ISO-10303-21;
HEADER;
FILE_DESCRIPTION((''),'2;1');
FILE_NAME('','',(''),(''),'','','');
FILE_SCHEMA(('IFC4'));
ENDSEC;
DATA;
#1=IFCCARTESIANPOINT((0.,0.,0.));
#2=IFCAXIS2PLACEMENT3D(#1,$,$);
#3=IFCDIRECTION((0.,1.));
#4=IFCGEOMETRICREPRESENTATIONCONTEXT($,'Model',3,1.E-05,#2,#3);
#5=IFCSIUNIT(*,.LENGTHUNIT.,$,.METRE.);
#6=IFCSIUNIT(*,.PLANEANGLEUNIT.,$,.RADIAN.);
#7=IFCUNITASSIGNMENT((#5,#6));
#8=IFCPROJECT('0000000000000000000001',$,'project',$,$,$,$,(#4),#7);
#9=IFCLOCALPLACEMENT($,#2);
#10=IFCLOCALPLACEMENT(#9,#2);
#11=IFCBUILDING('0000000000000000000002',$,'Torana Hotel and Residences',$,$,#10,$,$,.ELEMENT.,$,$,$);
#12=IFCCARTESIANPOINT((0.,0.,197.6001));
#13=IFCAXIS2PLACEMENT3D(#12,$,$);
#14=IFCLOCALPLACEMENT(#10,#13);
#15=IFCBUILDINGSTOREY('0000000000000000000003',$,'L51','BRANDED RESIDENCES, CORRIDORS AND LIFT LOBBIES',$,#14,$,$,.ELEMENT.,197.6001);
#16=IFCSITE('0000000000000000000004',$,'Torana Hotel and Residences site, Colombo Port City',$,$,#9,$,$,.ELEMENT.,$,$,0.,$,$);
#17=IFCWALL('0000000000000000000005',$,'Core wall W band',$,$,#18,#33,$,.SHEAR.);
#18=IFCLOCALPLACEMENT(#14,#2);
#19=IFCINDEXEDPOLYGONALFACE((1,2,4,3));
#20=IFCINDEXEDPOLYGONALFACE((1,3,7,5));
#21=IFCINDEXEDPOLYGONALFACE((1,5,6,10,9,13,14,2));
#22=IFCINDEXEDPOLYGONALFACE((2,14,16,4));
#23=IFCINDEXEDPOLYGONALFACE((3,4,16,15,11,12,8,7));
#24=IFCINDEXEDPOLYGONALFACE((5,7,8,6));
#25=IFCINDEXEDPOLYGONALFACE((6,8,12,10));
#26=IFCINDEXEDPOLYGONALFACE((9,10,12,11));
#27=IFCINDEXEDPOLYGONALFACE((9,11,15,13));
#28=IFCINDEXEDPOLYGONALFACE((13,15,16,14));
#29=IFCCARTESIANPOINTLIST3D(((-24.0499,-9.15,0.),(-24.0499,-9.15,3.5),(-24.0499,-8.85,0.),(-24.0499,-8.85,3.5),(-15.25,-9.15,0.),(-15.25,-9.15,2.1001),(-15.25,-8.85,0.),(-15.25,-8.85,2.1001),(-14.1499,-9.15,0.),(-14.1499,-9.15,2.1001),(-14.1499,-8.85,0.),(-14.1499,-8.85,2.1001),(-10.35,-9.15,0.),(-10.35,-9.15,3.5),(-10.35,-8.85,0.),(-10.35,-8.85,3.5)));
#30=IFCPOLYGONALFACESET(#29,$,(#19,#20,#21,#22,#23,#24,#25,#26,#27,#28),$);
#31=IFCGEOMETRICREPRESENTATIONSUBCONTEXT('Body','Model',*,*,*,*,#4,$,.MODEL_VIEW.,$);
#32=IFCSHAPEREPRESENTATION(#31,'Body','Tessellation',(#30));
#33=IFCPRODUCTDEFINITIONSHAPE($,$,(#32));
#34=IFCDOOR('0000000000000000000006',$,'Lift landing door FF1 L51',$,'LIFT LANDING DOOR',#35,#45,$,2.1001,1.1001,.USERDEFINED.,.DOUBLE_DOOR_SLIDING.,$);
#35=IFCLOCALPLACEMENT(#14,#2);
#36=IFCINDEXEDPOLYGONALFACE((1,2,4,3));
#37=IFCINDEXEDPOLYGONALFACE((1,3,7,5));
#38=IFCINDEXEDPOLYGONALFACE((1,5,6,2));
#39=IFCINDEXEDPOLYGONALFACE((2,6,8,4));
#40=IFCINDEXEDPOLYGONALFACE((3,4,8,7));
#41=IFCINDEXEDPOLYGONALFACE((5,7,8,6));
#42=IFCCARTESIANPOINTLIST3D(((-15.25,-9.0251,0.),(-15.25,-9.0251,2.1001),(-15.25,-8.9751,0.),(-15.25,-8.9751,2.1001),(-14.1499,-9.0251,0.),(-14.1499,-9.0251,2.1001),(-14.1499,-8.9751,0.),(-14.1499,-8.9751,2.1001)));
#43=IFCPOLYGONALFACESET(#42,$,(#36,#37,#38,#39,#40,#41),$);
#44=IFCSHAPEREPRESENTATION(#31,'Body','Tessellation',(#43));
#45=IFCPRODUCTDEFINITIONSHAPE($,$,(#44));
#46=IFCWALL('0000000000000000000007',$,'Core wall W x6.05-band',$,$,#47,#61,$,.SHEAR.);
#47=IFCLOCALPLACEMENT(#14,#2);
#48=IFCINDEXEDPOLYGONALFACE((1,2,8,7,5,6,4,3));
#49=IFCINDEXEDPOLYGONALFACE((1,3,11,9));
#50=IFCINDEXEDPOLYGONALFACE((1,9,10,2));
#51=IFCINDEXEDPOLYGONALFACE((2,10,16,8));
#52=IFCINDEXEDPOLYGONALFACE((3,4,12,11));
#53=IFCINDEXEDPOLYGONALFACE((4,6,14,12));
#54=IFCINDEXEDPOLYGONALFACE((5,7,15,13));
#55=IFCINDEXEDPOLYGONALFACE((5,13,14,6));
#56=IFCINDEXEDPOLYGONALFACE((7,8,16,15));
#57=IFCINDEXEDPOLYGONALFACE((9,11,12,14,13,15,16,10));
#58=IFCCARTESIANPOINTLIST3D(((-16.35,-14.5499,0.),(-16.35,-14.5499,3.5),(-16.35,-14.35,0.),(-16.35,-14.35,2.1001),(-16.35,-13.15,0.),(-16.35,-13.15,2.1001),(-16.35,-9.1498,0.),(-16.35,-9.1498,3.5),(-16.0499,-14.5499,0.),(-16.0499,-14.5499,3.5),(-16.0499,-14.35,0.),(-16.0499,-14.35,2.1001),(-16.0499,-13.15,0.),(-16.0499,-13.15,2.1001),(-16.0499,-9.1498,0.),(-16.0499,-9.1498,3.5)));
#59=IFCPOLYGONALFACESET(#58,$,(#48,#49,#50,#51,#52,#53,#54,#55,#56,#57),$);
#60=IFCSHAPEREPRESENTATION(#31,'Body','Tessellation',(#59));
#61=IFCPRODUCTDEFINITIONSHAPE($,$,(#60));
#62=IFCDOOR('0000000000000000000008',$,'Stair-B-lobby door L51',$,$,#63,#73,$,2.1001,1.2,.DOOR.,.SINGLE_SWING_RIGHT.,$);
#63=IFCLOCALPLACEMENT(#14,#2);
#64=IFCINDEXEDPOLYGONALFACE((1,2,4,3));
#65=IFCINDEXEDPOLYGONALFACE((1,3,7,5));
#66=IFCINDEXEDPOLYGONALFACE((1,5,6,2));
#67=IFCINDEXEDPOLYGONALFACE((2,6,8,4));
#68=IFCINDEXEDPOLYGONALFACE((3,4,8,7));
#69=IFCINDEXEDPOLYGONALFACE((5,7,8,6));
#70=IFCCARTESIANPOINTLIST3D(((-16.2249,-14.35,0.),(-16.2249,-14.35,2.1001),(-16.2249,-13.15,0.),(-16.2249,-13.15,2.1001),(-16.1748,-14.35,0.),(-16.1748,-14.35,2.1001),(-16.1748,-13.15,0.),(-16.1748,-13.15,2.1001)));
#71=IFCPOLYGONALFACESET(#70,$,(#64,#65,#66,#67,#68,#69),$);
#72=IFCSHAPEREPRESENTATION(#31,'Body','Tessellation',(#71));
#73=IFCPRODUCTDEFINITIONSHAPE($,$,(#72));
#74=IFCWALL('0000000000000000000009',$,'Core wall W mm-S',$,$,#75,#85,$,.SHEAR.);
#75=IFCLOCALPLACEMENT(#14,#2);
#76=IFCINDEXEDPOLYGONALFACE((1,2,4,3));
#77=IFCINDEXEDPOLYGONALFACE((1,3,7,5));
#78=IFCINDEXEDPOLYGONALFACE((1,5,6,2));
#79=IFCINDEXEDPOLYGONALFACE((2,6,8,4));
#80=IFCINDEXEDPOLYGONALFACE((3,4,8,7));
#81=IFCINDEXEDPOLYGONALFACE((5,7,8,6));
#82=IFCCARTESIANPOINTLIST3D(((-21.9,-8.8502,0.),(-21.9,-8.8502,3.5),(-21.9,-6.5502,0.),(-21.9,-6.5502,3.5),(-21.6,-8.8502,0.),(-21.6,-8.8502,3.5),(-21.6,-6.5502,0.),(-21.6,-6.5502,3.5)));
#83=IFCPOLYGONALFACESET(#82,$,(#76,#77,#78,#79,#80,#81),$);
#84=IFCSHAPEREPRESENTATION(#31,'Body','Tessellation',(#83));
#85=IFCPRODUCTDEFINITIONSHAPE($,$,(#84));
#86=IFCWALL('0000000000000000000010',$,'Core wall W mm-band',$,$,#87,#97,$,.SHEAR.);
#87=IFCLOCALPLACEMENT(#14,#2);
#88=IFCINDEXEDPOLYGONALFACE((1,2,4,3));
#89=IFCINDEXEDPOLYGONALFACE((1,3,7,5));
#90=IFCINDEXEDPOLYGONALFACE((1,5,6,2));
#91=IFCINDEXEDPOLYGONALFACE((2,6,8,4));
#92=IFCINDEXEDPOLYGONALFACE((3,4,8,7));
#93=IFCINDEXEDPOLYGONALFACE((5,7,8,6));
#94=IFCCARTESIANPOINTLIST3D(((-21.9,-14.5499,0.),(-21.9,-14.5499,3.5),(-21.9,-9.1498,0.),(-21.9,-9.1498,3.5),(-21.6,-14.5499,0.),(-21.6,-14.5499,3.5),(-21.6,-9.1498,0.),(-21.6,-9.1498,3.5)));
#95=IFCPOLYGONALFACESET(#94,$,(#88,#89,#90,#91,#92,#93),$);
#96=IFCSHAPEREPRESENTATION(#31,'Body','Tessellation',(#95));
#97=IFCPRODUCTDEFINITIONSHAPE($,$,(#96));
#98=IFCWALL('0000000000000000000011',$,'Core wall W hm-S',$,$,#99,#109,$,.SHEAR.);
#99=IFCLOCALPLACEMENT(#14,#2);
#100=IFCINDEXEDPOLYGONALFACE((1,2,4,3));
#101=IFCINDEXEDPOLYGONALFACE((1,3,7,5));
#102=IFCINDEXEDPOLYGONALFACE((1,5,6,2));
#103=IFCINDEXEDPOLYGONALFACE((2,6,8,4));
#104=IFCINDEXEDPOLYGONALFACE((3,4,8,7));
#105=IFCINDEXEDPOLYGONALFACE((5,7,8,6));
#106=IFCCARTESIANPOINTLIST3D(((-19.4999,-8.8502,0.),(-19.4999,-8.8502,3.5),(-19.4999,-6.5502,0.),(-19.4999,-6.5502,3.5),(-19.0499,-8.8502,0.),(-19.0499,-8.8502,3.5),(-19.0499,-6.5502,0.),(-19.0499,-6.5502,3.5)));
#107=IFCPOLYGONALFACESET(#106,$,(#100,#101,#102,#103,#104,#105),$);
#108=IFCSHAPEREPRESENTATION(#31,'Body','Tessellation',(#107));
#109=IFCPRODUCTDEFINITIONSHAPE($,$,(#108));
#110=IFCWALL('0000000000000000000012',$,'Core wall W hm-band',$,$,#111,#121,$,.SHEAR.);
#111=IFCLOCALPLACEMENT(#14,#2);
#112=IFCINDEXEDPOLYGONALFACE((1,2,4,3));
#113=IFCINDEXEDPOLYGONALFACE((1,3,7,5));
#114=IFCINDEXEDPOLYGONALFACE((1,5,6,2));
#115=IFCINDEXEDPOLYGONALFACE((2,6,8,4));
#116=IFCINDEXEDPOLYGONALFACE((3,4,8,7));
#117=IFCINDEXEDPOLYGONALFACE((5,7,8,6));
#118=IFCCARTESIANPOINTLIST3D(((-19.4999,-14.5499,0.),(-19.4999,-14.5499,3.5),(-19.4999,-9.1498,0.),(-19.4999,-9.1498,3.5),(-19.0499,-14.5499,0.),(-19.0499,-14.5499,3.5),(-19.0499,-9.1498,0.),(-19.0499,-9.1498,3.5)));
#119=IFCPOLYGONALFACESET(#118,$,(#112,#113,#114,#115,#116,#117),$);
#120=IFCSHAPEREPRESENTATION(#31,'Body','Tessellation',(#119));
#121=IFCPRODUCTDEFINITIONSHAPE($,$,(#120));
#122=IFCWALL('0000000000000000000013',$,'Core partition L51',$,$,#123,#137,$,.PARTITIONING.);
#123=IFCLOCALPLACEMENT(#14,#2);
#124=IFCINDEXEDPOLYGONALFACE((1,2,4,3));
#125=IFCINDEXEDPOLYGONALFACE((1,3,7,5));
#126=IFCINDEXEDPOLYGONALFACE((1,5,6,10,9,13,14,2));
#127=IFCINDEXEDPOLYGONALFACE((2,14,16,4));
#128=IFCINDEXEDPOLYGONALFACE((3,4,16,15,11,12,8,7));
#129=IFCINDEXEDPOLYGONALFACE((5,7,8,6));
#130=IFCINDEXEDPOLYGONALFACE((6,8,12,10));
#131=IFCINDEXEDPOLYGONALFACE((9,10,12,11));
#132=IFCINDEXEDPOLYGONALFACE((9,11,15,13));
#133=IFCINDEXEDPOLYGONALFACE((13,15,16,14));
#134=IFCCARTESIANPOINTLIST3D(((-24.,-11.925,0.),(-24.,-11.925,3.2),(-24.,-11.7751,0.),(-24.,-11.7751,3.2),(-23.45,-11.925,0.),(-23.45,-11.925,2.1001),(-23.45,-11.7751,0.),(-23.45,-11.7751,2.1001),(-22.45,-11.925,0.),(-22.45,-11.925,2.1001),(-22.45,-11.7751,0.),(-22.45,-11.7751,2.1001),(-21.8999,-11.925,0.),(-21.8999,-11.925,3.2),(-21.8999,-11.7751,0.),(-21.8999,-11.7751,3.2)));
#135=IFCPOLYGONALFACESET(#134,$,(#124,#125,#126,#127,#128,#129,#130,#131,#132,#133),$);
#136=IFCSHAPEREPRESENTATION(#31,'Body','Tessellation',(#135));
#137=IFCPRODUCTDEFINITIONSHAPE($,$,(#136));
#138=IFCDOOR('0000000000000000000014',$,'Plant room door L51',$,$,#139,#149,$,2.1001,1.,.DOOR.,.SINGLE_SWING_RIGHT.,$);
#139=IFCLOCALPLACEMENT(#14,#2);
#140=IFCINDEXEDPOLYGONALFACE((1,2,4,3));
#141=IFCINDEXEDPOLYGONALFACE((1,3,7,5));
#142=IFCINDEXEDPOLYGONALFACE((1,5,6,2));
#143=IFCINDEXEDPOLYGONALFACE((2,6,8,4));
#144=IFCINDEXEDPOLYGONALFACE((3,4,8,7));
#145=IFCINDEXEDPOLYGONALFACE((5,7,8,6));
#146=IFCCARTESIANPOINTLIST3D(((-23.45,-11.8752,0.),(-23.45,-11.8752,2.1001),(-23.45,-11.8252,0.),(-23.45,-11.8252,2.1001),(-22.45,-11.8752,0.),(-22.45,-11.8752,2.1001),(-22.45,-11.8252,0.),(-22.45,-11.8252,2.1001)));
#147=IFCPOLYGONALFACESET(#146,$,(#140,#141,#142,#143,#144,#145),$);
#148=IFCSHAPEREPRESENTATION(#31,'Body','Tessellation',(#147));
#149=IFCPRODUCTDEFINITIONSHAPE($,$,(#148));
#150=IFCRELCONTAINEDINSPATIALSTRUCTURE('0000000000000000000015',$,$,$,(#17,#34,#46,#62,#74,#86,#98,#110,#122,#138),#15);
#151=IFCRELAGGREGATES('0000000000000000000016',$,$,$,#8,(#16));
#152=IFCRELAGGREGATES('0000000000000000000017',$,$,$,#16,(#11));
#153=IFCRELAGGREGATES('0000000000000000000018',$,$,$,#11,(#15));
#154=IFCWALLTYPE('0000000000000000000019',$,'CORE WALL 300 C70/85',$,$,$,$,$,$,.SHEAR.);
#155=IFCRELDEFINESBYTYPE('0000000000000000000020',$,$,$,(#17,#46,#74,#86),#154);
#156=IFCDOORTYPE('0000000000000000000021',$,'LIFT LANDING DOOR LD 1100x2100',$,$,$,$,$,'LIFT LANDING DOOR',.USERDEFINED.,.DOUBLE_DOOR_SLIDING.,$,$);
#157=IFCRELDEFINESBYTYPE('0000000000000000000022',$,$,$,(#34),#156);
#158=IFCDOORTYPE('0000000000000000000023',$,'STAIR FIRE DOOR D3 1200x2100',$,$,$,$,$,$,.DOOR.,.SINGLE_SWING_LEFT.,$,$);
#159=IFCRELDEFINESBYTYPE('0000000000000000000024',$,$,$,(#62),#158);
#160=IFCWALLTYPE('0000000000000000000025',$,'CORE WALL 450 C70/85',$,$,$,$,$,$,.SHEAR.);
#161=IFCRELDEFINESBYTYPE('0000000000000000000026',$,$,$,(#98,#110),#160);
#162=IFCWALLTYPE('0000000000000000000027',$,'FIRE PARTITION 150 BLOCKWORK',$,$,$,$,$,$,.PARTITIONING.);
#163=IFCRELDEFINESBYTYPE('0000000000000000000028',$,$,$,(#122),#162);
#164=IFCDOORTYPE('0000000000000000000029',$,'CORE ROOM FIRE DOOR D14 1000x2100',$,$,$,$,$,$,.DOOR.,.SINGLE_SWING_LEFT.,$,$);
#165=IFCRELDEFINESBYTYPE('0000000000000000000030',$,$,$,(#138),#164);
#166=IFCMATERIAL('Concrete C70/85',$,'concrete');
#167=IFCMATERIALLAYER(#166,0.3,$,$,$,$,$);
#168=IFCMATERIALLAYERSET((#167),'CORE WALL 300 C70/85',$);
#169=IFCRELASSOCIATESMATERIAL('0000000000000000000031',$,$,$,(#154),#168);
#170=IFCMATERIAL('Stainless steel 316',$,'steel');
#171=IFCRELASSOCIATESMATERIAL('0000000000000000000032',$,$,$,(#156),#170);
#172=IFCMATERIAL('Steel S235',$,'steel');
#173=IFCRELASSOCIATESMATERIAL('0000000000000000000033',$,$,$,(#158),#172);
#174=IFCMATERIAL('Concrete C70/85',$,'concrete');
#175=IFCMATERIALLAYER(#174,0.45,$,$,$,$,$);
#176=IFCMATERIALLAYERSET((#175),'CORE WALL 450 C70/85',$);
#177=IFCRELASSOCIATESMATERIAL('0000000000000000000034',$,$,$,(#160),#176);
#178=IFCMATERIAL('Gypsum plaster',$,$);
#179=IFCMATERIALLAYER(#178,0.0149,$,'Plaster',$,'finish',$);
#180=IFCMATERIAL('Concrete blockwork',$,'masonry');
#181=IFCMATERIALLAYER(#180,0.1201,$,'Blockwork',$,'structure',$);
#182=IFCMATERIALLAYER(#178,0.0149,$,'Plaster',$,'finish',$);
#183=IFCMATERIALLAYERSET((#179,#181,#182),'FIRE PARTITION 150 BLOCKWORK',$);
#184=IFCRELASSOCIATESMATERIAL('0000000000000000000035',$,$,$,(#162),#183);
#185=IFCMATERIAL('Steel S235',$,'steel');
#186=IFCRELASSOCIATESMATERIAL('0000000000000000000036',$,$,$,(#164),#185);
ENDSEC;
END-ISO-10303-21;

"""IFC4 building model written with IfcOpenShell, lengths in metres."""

from ifc_helpers import new_model, si_unit, direction, frame, frame_2d, origin, place, context, subcontext, project, spatial, rectangle, extrude, material, layer, layer_set, type_object, element, fill, save


model = new_model("IFC4")

# Units and contexts
model_context = context("Model", 3, precision=1e-05, world=origin(), true_north=direction((0.0, 1.0)))
body_context = subcontext(model_context, "Body", "Model", "MODEL_VIEW")
ifc_project = project(units=[si_unit("LENGTHUNIT", "METRE"), si_unit("PLANEANGLEUNIT", "RADIAN")], contexts=[model_context])

# Site, building, storey
site_placement = place(None, origin())
site = spatial("IfcSite", under=ifc_project, at=site_placement, Name="Torana Hotel and Residences site, Colombo Port City", CompositionType="ELEMENT", RefElevation=0.0)
building_placement = place(site_placement, origin())
building = spatial("IfcBuilding", under=site, at=building_placement, Name="Torana Hotel and Residences", CompositionType="ELEMENT")
storey_placement = place(building_placement, frame((0.0, 0.0, 197.6001)))
storey = spatial("IfcBuildingStorey", under=building, at=storey_placement, Name="L51", Description="BRANDED RESIDENCES, CORRIDORS AND LIFT LOBBIES", CompositionType="ELEMENT", Elevation=197.6001)

# Walls, openings, doors
ifc_material_1 = material(Name="Concrete C70/85", Category="concrete")
ifc_layer_1 = layer(ifc_material_1, 0.3)
ifc_layer_set_1 = layer_set([ifc_layer_1], Name="CORE WALL 300 C70/85")
wall_type_1 = type_object("IfcWallType", Name="CORE WALL 300 C70/85", PredefinedType="SHEAR", material=ifc_layer_set_1)
wall_1_placement = place(storey_placement, frame((-24.05, -9.0, 0.0), z_axis=(0.0, 0.0, 1.0), x_axis=(1.0, 0.0, 0.0)))
wall_1 = element("IfcWall", 1, at=wall_1_placement, inside=storey, type_object=wall_type_1, Name="Core wall W band", PredefinedType="SHEAR", context=body_context, shape_type="SweptSolid", body=[
    extrude(rectangle(XDim=13.7, YDim=0.3, at=frame_2d((6.8501, 0.0))), origin(), (0.0, 0.0, 1.0), 3.5),
])
opening_1_placement = place(wall_1_placement, frame((8.8, 0.0, 0.0)))
opening_1 = element("IfcOpeningElement", 2, at=opening_1_placement, cuts=wall_1, PredefinedType="OPENING", context=body_context, shape_type="SweptSolid", body=[
    extrude(rectangle(XDim=1.1001, YDim=2.1001, at=frame_2d((0.55, 1.05))), frame((0.0, 0.1599, 0.0), z_axis=(0.0, -1.0, 0.0), x_axis=(1.0, 0.0, 0.0)), (0.0, 0.0, 1.0), 0.3201),
])
ifc_material_2 = material(Name="Stainless steel 316", Category="steel")
door_type_1 = type_object("IfcDoorType", Name="LIFT LANDING DOOR LD 1100x2100", ElementType="LIFT LANDING DOOR", OperationType="DOUBLE_DOOR_SLIDING", PredefinedType="USERDEFINED", material=ifc_material_2)
door_1_placement = place(opening_1_placement, origin())
door_1 = element("IfcDoor", 3, at=door_1_placement, inside=storey, type_object=door_type_1, Name="Lift landing door FF1 L51", ObjectType="LIFT LANDING DOOR", OperationType="DOUBLE_DOOR_SLIDING", OverallHeight=2.1001, OverallWidth=1.1001, PredefinedType="USERDEFINED", context=body_context, shape_type="SweptSolid", body=[
    extrude(rectangle(XDim=1.1001, YDim=2.1001, at=frame_2d((0.55, 1.05))), frame((0.0, 0.0249, 0.0), z_axis=(0.0, -1.0, 0.0), x_axis=(1.0, 0.0, 0.0)), (0.0, 0.0, 1.0), 0.05),
])
fill(opening_1, door_1)
wall_2_placement = place(storey_placement, frame((-16.2, -14.55, 0.0), z_axis=(0.0, 0.0, 1.0), x_axis=(0.0, 1.0, 0.0)))
wall_2 = element("IfcWall", 4, at=wall_2_placement, inside=storey, type_object=wall_type_1, Name="Core wall W x6.05-band", PredefinedType="SHEAR", context=body_context, shape_type="SweptSolid", body=[
    extrude(rectangle(XDim=5.4001, YDim=0.3, at=frame_2d((2.7002, 0.0))), origin(), (0.0, 0.0, 1.0), 3.5),
])
opening_2_placement = place(wall_2_placement, frame((0.2, 0.0, 0.0)))
opening_2 = element("IfcOpeningElement", 5, at=opening_2_placement, cuts=wall_2, PredefinedType="OPENING", context=body_context, shape_type="SweptSolid", body=[
    extrude(rectangle(XDim=1.2, YDim=2.1001, at=frame_2d((0.6001, 1.05))), frame((0.0, 0.1599, 0.0), z_axis=(0.0, -1.0, 0.0), x_axis=(1.0, 0.0, 0.0)), (0.0, 0.0, 1.0), 0.3201),
])
ifc_material_3 = material(Name="Steel S235", Category="steel")
door_type_2 = type_object("IfcDoorType", Name="STAIR FIRE DOOR D3 1200x2100", OperationType="SINGLE_SWING_LEFT", PredefinedType="DOOR", material=ifc_material_3)
door_2_placement = place(opening_2_placement, origin())
door_2 = element("IfcDoor", 6, at=door_2_placement, inside=storey, type_object=door_type_2, Name="Stair-B-lobby door L51", OperationType="SINGLE_SWING_RIGHT", OverallHeight=2.1001, OverallWidth=1.2, PredefinedType="DOOR", context=body_context, shape_type="SweptSolid", body=[
    extrude(rectangle(XDim=1.2, YDim=2.1001, at=frame_2d((0.6001, 1.05))), frame((0.0, 0.0249, 0.0), z_axis=(0.0, -1.0, 0.0), x_axis=(1.0, 0.0, 0.0)), (0.0, 0.0, 1.0), 0.05),
])
fill(opening_2, door_2)

# Walls
wall_3_placement = place(storey_placement, frame((-21.75, -8.8501, 0.0), z_axis=(0.0, 0.0, 1.0), x_axis=(0.0, 1.0, 0.0)))
element("IfcWall", 7, at=wall_3_placement, inside=storey, type_object=wall_type_1, Name="Core wall W mm-S", PredefinedType="SHEAR", context=body_context, shape_type="SweptSolid", body=[
    extrude(rectangle(XDim=2.3, YDim=0.3, at=frame_2d((1.1499, 0.0))), origin(), (0.0, 0.0, 1.0), 3.5),
])
wall_4_placement = place(storey_placement, frame((-21.75, -14.55, 0.0), z_axis=(0.0, 0.0, 1.0), x_axis=(0.0, 1.0, 0.0)))
element("IfcWall", 8, at=wall_4_placement, inside=storey, type_object=wall_type_1, Name="Core wall W mm-band", PredefinedType="SHEAR", context=body_context, shape_type="SweptSolid", body=[
    extrude(rectangle(XDim=5.4001, YDim=0.3, at=frame_2d((2.7002, 0.0))), origin(), (0.0, 0.0, 1.0), 3.5),
])
ifc_material_4 = material(Name="Concrete C70/85", Category="concrete")
ifc_layer_2 = layer(ifc_material_4, 0.45)
ifc_layer_set_2 = layer_set([ifc_layer_2], Name="CORE WALL 450 C70/85")
wall_type_2 = type_object("IfcWallType", Name="CORE WALL 450 C70/85", PredefinedType="SHEAR", material=ifc_layer_set_2)
wall_5_placement = place(storey_placement, frame((-19.2749, -8.8501, 0.0), z_axis=(0.0, 0.0, 1.0), x_axis=(0.0, 1.0, 0.0)))
element("IfcWall", 9, at=wall_5_placement, inside=storey, type_object=wall_type_2, Name="Core wall W hm-S", PredefinedType="SHEAR", context=body_context, shape_type="SweptSolid", body=[
    extrude(rectangle(XDim=2.3, YDim=0.45, at=frame_2d((1.1499, 0.0))), origin(), (0.0, 0.0, 1.0), 3.5),
])
wall_6_placement = place(storey_placement, frame((-19.2749, -14.55, 0.0), z_axis=(0.0, 0.0, 1.0), x_axis=(0.0, 1.0, 0.0)))
element("IfcWall", 10, at=wall_6_placement, inside=storey, type_object=wall_type_2, Name="Core wall W hm-band", PredefinedType="SHEAR", context=body_context, shape_type="SweptSolid", body=[
    extrude(rectangle(XDim=5.4001, YDim=0.45, at=frame_2d((2.7002, 0.0))), origin(), (0.0, 0.0, 1.0), 3.5),
])

# Wall, opening, door
ifc_material_5 = material(Name="Gypsum plaster")
ifc_layer_3 = layer(ifc_material_5, 0.0149, Name="Plaster", Category="finish")
ifc_material_6 = material(Name="Concrete blockwork", Category="masonry")
ifc_layer_4 = layer(ifc_material_6, 0.1201, Name="Blockwork", Category="structure")
ifc_layer_5 = layer(ifc_material_5, 0.0149, Name="Plaster", Category="finish")
ifc_layer_set_3 = layer_set([ifc_layer_3, ifc_layer_4, ifc_layer_5], Name="FIRE PARTITION 150 BLOCKWORK")
wall_type_3 = type_object("IfcWallType", Name="FIRE PARTITION 150 BLOCKWORK", PredefinedType="PARTITIONING", material=ifc_layer_set_3)
wall_7_placement = place(storey_placement, frame((-24.0, -11.8501, 0.0), z_axis=(0.0, 0.0, 1.0), x_axis=(1.0, 0.0, 0.0)))
wall_7 = element("IfcWall", 11, at=wall_7_placement, inside=storey, type_object=wall_type_3, Name="Core partition L51", PredefinedType="PARTITIONING", context=body_context, shape_type="SweptSolid", body=[
    extrude(rectangle(XDim=2.1001, YDim=0.1499, at=frame_2d((1.05, 0.0))), origin(), (0.0, 0.0, 1.0), 3.2),
])
opening_3_placement = place(wall_7_placement, frame((0.55, 0.0, 0.0)))
opening_3 = element("IfcOpeningElement", 12, at=opening_3_placement, cuts=wall_7, PredefinedType="OPENING", context=body_context, shape_type="SweptSolid", body=[
    extrude(rectangle(XDim=1.0, YDim=2.1001, at=frame_2d((0.5, 1.05))), frame((0.0, 0.085, 0.0), z_axis=(0.0, -1.0, 0.0), x_axis=(1.0, 0.0, 0.0)), (0.0, 0.0, 1.0), 0.1699),
])
ifc_material_7 = material(Name="Steel S235", Category="steel")
door_type_3 = type_object("IfcDoorType", Name="CORE ROOM FIRE DOOR D14 1000x2100", OperationType="SINGLE_SWING_LEFT", PredefinedType="DOOR", material=ifc_material_7)
door_3_placement = place(opening_3_placement, origin())
door_3 = element("IfcDoor", 13, at=door_3_placement, inside=storey, type_object=door_type_3, Name="Plant room door L51", OperationType="SINGLE_SWING_RIGHT", OverallHeight=2.1001, OverallWidth=1.0, PredefinedType="DOOR", context=body_context, shape_type="SweptSolid", body=[
    extrude(rectangle(XDim=1.0, YDim=2.1001, at=frame_2d((0.5, 1.05))), frame((0.0, 0.0249, 0.0), z_axis=(0.0, -1.0, 0.0), x_axis=(1.0, 0.0, 0.0)), (0.0, 0.0, 1.0), 0.05),
])
fill(opening_3, door_3)

save(model, "model.ifc")
